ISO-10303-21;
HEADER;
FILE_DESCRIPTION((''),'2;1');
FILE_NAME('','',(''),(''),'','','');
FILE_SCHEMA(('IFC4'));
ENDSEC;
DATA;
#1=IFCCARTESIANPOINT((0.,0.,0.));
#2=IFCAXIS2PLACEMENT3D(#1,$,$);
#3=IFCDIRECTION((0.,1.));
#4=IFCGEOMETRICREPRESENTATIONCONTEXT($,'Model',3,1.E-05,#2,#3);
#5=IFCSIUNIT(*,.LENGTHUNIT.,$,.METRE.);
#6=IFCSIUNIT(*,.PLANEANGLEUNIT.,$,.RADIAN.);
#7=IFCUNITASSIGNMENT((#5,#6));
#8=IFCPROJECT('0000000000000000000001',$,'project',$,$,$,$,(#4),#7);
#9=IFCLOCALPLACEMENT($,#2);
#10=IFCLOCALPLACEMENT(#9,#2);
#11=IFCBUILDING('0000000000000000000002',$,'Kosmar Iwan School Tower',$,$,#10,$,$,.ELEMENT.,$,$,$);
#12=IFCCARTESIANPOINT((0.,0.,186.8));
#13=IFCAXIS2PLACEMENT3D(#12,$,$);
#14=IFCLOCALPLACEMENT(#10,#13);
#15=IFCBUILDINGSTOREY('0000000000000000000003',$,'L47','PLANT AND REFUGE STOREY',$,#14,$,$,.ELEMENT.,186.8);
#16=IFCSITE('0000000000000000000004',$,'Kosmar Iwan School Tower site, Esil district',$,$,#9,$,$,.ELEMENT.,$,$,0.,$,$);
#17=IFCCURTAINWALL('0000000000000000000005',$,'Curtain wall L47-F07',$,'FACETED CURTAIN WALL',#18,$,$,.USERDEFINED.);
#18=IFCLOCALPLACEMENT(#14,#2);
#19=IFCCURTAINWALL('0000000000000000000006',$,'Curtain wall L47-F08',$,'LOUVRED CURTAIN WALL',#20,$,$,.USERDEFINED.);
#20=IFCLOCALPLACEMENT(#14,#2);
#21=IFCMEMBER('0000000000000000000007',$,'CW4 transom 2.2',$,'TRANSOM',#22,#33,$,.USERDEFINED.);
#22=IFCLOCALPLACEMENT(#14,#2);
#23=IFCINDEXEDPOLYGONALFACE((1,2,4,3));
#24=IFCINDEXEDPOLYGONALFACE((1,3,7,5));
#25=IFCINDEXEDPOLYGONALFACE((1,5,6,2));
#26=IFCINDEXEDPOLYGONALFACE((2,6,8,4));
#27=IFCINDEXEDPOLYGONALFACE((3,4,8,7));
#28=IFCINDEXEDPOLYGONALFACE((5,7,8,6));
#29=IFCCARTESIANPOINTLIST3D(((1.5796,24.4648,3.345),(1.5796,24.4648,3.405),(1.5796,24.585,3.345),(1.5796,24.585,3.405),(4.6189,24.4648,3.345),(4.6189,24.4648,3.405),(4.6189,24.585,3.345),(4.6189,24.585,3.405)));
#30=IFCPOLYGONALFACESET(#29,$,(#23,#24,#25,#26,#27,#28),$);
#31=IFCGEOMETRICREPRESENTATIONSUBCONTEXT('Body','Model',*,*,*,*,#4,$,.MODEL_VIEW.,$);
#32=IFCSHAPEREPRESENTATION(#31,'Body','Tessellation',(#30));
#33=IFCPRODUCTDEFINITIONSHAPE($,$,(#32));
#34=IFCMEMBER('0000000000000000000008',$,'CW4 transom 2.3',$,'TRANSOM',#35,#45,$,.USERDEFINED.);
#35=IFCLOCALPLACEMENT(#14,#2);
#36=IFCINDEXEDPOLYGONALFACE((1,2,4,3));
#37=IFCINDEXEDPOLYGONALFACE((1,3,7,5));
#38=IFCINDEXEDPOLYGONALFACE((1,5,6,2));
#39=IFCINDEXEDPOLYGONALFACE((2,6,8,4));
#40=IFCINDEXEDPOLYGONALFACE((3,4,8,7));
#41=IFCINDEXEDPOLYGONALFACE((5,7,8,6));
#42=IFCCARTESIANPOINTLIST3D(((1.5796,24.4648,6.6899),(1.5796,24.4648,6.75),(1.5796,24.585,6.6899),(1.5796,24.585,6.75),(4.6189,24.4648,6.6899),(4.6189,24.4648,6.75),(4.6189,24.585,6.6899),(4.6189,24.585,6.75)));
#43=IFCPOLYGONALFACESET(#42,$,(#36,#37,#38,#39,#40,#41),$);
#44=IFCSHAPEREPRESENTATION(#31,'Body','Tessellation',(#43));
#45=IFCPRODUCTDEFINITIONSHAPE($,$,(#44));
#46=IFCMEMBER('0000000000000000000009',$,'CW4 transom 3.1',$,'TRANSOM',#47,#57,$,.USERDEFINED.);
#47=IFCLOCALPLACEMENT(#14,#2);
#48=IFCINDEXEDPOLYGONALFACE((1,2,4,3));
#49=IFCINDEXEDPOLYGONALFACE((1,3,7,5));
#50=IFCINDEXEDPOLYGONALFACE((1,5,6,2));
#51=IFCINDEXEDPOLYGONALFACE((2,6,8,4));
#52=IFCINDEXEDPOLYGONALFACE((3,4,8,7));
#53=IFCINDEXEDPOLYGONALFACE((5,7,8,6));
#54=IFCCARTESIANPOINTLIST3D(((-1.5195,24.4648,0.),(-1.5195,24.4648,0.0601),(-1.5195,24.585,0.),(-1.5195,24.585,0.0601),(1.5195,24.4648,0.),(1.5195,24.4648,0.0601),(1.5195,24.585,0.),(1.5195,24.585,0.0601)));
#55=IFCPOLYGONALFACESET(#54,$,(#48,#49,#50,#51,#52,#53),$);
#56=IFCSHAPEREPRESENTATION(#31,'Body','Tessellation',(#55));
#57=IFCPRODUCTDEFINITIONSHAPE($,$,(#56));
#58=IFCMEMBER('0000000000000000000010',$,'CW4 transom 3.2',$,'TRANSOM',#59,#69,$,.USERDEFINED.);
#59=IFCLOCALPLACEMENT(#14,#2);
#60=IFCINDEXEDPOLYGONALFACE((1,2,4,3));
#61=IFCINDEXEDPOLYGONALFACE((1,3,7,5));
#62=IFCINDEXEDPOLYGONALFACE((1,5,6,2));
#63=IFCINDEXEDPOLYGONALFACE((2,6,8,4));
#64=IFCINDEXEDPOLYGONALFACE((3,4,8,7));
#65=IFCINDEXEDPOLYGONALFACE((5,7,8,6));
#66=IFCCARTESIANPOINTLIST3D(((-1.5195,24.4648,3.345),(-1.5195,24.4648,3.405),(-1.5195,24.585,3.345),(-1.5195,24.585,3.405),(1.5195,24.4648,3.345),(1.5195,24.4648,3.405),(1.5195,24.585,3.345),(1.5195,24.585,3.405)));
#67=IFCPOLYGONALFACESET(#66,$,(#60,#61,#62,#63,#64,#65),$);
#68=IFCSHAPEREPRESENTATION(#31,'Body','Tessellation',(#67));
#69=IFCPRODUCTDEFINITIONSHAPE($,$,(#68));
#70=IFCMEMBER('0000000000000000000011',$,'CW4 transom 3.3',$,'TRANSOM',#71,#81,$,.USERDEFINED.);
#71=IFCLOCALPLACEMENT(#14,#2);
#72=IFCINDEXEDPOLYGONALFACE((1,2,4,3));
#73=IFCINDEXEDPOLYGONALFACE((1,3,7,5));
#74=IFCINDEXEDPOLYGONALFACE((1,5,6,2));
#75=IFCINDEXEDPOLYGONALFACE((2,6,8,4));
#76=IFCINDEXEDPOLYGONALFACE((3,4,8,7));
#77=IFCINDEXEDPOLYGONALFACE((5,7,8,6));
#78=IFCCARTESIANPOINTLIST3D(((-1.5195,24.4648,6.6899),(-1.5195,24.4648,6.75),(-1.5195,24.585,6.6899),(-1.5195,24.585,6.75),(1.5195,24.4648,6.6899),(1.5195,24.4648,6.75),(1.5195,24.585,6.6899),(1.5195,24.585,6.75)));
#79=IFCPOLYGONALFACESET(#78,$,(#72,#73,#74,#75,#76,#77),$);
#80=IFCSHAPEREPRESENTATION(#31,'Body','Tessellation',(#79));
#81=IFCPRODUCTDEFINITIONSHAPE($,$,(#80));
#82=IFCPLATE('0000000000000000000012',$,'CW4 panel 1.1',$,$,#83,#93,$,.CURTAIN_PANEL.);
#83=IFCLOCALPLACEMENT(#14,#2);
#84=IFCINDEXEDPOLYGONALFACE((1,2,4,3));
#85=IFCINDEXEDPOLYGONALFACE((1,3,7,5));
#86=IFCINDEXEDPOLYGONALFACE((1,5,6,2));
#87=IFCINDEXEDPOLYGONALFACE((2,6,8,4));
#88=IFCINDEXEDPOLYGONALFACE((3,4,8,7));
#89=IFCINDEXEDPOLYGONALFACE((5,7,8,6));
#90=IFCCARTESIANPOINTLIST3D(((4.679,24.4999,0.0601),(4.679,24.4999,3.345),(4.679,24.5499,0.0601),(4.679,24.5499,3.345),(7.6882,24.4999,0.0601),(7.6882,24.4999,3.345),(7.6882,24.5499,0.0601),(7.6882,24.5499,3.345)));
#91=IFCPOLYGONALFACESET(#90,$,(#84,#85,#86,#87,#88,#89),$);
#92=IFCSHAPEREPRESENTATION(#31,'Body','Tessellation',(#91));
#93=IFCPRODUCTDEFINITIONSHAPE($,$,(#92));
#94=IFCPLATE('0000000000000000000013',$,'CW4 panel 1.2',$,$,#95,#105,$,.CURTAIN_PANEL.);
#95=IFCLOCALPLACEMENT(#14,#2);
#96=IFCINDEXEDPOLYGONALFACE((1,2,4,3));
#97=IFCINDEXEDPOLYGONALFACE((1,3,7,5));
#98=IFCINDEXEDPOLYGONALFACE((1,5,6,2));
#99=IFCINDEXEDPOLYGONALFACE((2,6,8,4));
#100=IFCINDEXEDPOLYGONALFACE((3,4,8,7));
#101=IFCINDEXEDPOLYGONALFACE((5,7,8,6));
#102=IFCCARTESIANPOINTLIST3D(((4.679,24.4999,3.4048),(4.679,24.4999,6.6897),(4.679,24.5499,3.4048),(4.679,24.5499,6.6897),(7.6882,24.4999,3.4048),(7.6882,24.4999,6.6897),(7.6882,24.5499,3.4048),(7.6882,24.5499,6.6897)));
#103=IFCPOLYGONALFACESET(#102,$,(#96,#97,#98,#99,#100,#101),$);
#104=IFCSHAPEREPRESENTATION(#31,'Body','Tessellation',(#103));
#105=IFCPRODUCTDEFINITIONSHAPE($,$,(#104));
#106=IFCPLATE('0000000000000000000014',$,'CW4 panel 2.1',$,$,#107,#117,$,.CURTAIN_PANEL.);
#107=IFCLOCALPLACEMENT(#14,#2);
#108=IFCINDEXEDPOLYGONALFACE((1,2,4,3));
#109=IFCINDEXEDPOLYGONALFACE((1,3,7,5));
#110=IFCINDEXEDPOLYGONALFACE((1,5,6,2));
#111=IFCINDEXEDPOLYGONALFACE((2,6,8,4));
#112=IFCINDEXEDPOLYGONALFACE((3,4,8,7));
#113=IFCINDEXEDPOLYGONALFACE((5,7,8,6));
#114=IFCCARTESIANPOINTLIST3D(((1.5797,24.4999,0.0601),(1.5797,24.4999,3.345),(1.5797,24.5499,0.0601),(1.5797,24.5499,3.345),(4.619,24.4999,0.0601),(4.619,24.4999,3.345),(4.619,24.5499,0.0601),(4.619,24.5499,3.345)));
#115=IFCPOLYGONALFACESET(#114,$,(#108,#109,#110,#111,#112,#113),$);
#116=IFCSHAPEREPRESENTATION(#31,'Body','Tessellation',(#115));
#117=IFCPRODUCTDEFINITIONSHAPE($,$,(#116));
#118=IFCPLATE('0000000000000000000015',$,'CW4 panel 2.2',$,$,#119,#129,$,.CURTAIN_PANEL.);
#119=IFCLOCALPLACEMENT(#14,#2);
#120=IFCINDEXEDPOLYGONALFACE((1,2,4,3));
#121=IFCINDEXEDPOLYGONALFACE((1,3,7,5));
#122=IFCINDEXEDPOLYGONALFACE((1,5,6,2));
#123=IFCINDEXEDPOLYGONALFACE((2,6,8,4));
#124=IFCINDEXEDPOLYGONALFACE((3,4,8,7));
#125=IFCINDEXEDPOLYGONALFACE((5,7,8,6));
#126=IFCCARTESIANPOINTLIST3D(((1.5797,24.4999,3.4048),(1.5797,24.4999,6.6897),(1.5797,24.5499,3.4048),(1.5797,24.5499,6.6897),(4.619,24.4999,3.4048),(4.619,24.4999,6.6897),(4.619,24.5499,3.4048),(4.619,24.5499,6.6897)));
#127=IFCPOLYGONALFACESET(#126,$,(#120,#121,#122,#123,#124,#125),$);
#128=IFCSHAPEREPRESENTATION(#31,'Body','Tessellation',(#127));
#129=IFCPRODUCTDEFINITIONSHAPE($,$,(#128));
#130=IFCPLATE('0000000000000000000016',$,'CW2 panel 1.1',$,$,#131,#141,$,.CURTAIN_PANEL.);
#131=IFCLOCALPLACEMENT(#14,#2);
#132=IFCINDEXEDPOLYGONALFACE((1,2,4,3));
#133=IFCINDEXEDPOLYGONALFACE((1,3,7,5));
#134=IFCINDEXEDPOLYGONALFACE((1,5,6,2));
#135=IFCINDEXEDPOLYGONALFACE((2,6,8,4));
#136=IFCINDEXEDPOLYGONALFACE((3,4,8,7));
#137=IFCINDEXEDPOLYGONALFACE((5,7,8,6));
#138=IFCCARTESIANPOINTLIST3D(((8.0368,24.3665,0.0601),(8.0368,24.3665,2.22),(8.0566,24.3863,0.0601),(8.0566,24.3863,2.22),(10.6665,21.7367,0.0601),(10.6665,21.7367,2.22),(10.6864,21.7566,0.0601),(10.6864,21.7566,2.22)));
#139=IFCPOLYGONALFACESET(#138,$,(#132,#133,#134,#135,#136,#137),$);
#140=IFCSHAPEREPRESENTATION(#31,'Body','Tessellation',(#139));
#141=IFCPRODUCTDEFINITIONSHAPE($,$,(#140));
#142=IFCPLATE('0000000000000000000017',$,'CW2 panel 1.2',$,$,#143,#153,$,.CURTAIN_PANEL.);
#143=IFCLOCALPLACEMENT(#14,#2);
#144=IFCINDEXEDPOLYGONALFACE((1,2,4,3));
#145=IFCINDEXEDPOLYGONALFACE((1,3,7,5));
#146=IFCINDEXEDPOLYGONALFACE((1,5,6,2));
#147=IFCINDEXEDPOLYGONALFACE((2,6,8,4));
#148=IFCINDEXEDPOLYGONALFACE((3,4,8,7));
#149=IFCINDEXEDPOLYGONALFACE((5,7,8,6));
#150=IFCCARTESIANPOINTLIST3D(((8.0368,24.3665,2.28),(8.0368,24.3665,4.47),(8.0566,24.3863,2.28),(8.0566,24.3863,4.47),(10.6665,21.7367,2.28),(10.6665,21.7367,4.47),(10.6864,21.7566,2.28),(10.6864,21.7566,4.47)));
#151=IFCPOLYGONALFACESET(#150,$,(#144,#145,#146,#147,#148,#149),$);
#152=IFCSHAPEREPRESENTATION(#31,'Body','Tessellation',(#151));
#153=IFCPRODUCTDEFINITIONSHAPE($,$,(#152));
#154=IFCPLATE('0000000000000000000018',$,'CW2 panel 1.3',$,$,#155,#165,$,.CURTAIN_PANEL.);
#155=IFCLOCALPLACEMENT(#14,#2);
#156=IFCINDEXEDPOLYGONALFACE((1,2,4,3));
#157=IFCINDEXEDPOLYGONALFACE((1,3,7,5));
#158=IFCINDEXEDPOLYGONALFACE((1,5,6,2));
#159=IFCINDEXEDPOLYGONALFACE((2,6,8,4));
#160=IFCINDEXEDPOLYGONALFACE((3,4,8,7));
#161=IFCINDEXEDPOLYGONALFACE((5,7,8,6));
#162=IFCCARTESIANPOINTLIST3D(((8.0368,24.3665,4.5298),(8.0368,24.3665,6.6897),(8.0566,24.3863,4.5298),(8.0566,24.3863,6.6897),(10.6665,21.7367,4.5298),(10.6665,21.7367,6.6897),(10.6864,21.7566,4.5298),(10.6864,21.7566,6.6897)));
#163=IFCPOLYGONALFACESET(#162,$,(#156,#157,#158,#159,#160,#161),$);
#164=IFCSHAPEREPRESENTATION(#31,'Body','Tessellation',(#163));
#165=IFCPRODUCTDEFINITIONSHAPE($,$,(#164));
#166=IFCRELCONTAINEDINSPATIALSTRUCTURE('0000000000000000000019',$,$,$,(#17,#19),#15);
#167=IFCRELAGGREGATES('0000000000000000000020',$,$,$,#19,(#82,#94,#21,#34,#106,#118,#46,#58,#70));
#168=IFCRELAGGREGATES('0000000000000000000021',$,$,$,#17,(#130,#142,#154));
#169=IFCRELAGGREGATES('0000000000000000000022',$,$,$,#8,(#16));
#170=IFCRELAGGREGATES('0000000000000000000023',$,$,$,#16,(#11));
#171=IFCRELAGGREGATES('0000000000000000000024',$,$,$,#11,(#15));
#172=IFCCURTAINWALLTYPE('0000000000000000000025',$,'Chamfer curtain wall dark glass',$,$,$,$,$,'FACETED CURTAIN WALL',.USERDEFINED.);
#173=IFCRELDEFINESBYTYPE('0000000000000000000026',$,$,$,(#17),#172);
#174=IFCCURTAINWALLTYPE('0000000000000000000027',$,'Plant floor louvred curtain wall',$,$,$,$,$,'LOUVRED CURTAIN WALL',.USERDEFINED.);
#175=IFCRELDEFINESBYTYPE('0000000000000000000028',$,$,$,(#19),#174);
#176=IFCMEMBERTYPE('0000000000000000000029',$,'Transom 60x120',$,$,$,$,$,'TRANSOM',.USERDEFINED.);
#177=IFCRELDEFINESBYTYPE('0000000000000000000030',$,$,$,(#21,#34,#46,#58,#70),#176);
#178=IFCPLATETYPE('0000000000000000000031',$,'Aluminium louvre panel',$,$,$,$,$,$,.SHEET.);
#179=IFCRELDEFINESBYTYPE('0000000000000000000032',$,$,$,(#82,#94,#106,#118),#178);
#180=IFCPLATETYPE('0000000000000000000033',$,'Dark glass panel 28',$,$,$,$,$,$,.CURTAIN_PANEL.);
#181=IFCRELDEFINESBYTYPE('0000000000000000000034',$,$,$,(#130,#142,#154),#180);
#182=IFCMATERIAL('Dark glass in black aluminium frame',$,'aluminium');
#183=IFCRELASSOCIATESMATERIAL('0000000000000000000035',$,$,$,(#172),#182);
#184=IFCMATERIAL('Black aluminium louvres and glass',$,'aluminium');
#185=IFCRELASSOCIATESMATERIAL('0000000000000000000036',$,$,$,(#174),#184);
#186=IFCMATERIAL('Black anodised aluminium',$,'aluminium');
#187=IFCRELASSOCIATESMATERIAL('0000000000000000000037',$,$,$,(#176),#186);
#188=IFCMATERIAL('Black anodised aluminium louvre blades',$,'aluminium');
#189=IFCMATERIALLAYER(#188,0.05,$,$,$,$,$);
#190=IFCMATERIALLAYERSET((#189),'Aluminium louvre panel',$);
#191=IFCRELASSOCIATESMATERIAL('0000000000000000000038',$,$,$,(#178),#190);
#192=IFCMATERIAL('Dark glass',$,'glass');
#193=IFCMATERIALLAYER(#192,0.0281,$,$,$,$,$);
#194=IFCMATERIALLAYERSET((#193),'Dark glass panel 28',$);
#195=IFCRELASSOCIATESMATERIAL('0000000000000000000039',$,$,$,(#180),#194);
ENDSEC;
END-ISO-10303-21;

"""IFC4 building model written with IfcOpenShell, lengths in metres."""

from ifc_helpers import new_model, si_unit, direction, frame, origin, origin_2d, place, context, subcontext, project, spatial, rectangle, extrude, material, layer, layer_set, material_profile, profile_set, type_object, element, aggregate, save


model = new_model("IFC4")

# Units and contexts
model_context = context("Model", 3, precision=1e-05, world=origin(), true_north=direction((0.0, 1.0)))
body_context = subcontext(model_context, "Body", "Model", "MODEL_VIEW")
ifc_project = project(units=[si_unit("LENGTHUNIT", "METRE"), si_unit("PLANEANGLEUNIT", "RADIAN")], contexts=[model_context])

# Site, building, storey
site_placement = place(None, origin())
site = spatial("IfcSite", under=ifc_project, at=site_placement, Name="Kosmar Iwan School Tower site, Esil district", CompositionType="ELEMENT", RefElevation=0.0)
building_placement = place(site_placement, origin())
building = spatial("IfcBuilding", under=site, at=building_placement, Name="Kosmar Iwan School Tower", CompositionType="ELEMENT")
storey_placement = place(building_placement, frame((0.0, 0.0, 186.8)))
storey = spatial("IfcBuildingStorey", under=building, at=storey_placement, Name="L47", Description="PLANT AND REFUGE STOREY", CompositionType="ELEMENT", Elevation=186.8)

# Curtain wall
ifc_material_1 = material(Name="Dark glass in black aluminium frame", Category="aluminium")
curtain_wall_type_1 = type_object("IfcCurtainWallType", Name="Chamfer curtain wall dark glass", ElementType="FACETED CURTAIN WALL", PredefinedType="USERDEFINED", material=ifc_material_1)
curtain_wall_1_placement = place(storey_placement, origin())
curtain_wall_1 = element("IfcCurtainWall", 1, at=curtain_wall_1_placement, inside=storey, type_object=curtain_wall_type_1, Name="Curtain wall L47-F07", ObjectType="FACETED CURTAIN WALL", PredefinedType="USERDEFINED")

# Curtain wall
ifc_material_2 = material(Name="Black aluminium louvres and glass", Category="aluminium")
curtain_wall_type_2 = type_object("IfcCurtainWallType", Name="Plant floor louvred curtain wall", ElementType="LOUVRED CURTAIN WALL", PredefinedType="USERDEFINED", material=ifc_material_2)
curtain_wall_2_placement = place(storey_placement, origin())
curtain_wall_2 = element("IfcCurtainWall", 2, at=curtain_wall_2_placement, inside=storey, type_object=curtain_wall_type_2, Name="Curtain wall L47-F08", ObjectType="LOUVRED CURTAIN WALL", PredefinedType="USERDEFINED")

# Members
ifc_material_3 = material(Name="Black anodised aluminium", Category="aluminium")
ifc_material_profile_1 = material_profile(ifc_material_3, rectangle(XDim=0.1201, YDim=0.0601, at=origin_2d()), Name="TRANSOM 60x120")
ifc_profile_set_1 = profile_set([ifc_material_profile_1], Name="Black anodised aluminium")
member_type_1 = type_object("IfcMemberType", Name="Transom 60x120", ElementType="TRANSOM", PredefinedType="USERDEFINED", material=ifc_profile_set_1)
member_1_placement = place(storey_placement, frame((4.6189, 24.5249, 3.375), z_axis=(-1.0, 0.0, 0.0), x_axis=(0.0, -1.0, 0.0)))
member_1 = element("IfcMember", 3, at=member_1_placement, type_object=member_type_1, Name="CW4 transom 2.2", ObjectType="TRANSOM", PredefinedType="USERDEFINED", context=body_context, shape_type="SweptSolid", body=[
    extrude(rectangle(XDim=0.1201, YDim=0.0601, at=origin_2d()), origin(), (0.0, 0.0, 1.0), 3.0393),
])
member_2_placement = place(storey_placement, frame((4.6189, 24.5249, 6.72), z_axis=(-1.0, 0.0, 0.0), x_axis=(0.0, -1.0, 0.0)))
member_2 = element("IfcMember", 4, at=member_2_placement, type_object=member_type_1, Name="CW4 transom 2.3", ObjectType="TRANSOM", PredefinedType="USERDEFINED", context=body_context, shape_type="SweptSolid", body=[
    extrude(rectangle(XDim=0.1201, YDim=0.0601, at=origin_2d()), origin(), (0.0, 0.0, 1.0), 3.0393),
])
member_3_placement = place(storey_placement, frame((1.5195, 24.5249, 0.03), z_axis=(-1.0, 0.0, 0.0), x_axis=(0.0, -1.0, 0.0)))
member_3 = element("IfcMember", 5, at=member_3_placement, type_object=member_type_1, Name="CW4 transom 3.1", ObjectType="TRANSOM", PredefinedType="USERDEFINED", context=body_context, shape_type="SweptSolid", body=[
    extrude(rectangle(XDim=0.1201, YDim=0.0601, at=origin_2d()), origin(), (0.0, 0.0, 1.0), 3.0391),
])
member_4_placement = place(storey_placement, frame((1.5195, 24.5249, 3.375), z_axis=(-1.0, 0.0, 0.0), x_axis=(0.0, -1.0, 0.0)))
member_4 = element("IfcMember", 6, at=member_4_placement, type_object=member_type_1, Name="CW4 transom 3.2", ObjectType="TRANSOM", PredefinedType="USERDEFINED", context=body_context, shape_type="SweptSolid", body=[
    extrude(rectangle(XDim=0.1201, YDim=0.0601, at=origin_2d()), origin(), (0.0, 0.0, 1.0), 3.0391),
])
member_5_placement = place(storey_placement, frame((1.5195, 24.5249, 6.72), z_axis=(-1.0, 0.0, 0.0), x_axis=(0.0, -1.0, 0.0)))
member_5 = element("IfcMember", 7, at=member_5_placement, type_object=member_type_1, Name="CW4 transom 3.3", ObjectType="TRANSOM", PredefinedType="USERDEFINED", context=body_context, shape_type="SweptSolid", body=[
    extrude(rectangle(XDim=0.1201, YDim=0.0601, at=origin_2d()), origin(), (0.0, 0.0, 1.0), 3.0391),
])

# Plates
ifc_material_4 = material(Name="Black anodised aluminium louvre blades", Category="aluminium")
ifc_layer_1 = layer(ifc_material_4, 0.05)
ifc_layer_set_1 = layer_set([ifc_layer_1], Name="Aluminium louvre panel")
plate_type_1 = type_object("IfcPlateType", Name="Aluminium louvre panel", PredefinedType="SHEET", material=ifc_layer_set_1)
plate_1_placement = place(storey_placement, frame((6.1836, 24.5249, 0.0601), z_axis=(0.0, 0.0, 1.0), x_axis=(-1.0, 0.0, 0.0)))
plate_1 = element("IfcPlate", 8, at=plate_1_placement, type_object=plate_type_1, Name="CW4 panel 1.1", PredefinedType="CURTAIN_PANEL", context=body_context, shape_type="SweptSolid", body=[
    extrude(rectangle(XDim=3.0093, YDim=0.05, at=origin_2d()), origin(), (0.0, 0.0, 1.0), 3.2849),
])
plate_2_placement = place(storey_placement, frame((6.1836, 24.5249, 3.4048), z_axis=(0.0, 0.0, 1.0), x_axis=(-1.0, 0.0, 0.0)))
plate_2 = element("IfcPlate", 9, at=plate_2_placement, type_object=plate_type_1, Name="CW4 panel 1.2", PredefinedType="CURTAIN_PANEL", context=body_context, shape_type="SweptSolid", body=[
    extrude(rectangle(XDim=3.0093, YDim=0.05, at=origin_2d()), origin(), (0.0, 0.0, 1.0), 3.2849),
])
plate_3_placement = place(storey_placement, frame((3.0994, 24.5249, 0.0601), z_axis=(0.0, 0.0, 1.0), x_axis=(-1.0, 0.0, 0.0)))
plate_3 = element("IfcPlate", 10, at=plate_3_placement, type_object=plate_type_1, Name="CW4 panel 2.1", PredefinedType="CURTAIN_PANEL", context=body_context, shape_type="SweptSolid", body=[
    extrude(rectangle(XDim=3.0393, YDim=0.05, at=origin_2d()), origin(), (0.0, 0.0, 1.0), 3.2849),
])
plate_4_placement = place(storey_placement, frame((3.0994, 24.5249, 3.4048), z_axis=(0.0, 0.0, 1.0), x_axis=(-1.0, 0.0, 0.0)))
plate_4 = element("IfcPlate", 11, at=plate_4_placement, type_object=plate_type_1, Name="CW4 panel 2.2", PredefinedType="CURTAIN_PANEL", context=body_context, shape_type="SweptSolid", body=[
    extrude(rectangle(XDim=3.0393, YDim=0.05, at=origin_2d()), origin(), (0.0, 0.0, 1.0), 3.2849),
])
aggregate(curtain_wall_2, [plate_1, plate_2, member_1, member_2, plate_3, plate_4, member_3, member_4, member_5])
ifc_material_5 = material(Name="Dark glass", Category="glass")
ifc_layer_2 = layer(ifc_material_5, 0.0281)
ifc_layer_set_2 = layer_set([ifc_layer_2], Name="Dark glass panel 28")
plate_type_2 = type_object("IfcPlateType", Name="Dark glass panel 28", PredefinedType="CURTAIN_PANEL", material=ifc_layer_set_2)
plate_5_placement = place(storey_placement, frame((9.3616, 23.0615, 0.0601), z_axis=(0.0, 0.0, 1.0), x_axis=(-0.707107, 0.707107, 0.0)))
plate_5 = element("IfcPlate", 12, at=plate_5_placement, type_object=plate_type_2, Name="CW2 panel 1.1", PredefinedType="CURTAIN_PANEL", context=body_context, shape_type="SweptSolid", body=[
    extrude(rectangle(XDim=3.719, YDim=0.0281, at=origin_2d()), origin(), (0.0, 0.0, 1.0), 2.1599),
])
plate_6_placement = place(storey_placement, frame((9.3616, 23.0615, 2.28), z_axis=(0.0, 0.0, 1.0), x_axis=(-0.707107, 0.707107, 0.0)))
plate_6 = element("IfcPlate", 13, at=plate_6_placement, type_object=plate_type_2, Name="CW2 panel 1.2", PredefinedType="CURTAIN_PANEL", context=body_context, shape_type="SweptSolid", body=[
    extrude(rectangle(XDim=3.719, YDim=0.0281, at=origin_2d()), origin(), (0.0, 0.0, 1.0), 2.1899),
])
plate_7_placement = place(storey_placement, frame((9.3616, 23.0615, 4.5298), z_axis=(0.0, 0.0, 1.0), x_axis=(-0.707107, 0.707107, 0.0)))
plate_7 = element("IfcPlate", 14, at=plate_7_placement, type_object=plate_type_2, Name="CW2 panel 1.3", PredefinedType="CURTAIN_PANEL", context=body_context, shape_type="SweptSolid", body=[
    extrude(rectangle(XDim=3.719, YDim=0.0281, at=origin_2d()), origin(), (0.0, 0.0, 1.0), 2.1599),
])
aggregate(curtain_wall_1, [plate_5, plate_6, plate_7])

save(model, "model.ifc")
